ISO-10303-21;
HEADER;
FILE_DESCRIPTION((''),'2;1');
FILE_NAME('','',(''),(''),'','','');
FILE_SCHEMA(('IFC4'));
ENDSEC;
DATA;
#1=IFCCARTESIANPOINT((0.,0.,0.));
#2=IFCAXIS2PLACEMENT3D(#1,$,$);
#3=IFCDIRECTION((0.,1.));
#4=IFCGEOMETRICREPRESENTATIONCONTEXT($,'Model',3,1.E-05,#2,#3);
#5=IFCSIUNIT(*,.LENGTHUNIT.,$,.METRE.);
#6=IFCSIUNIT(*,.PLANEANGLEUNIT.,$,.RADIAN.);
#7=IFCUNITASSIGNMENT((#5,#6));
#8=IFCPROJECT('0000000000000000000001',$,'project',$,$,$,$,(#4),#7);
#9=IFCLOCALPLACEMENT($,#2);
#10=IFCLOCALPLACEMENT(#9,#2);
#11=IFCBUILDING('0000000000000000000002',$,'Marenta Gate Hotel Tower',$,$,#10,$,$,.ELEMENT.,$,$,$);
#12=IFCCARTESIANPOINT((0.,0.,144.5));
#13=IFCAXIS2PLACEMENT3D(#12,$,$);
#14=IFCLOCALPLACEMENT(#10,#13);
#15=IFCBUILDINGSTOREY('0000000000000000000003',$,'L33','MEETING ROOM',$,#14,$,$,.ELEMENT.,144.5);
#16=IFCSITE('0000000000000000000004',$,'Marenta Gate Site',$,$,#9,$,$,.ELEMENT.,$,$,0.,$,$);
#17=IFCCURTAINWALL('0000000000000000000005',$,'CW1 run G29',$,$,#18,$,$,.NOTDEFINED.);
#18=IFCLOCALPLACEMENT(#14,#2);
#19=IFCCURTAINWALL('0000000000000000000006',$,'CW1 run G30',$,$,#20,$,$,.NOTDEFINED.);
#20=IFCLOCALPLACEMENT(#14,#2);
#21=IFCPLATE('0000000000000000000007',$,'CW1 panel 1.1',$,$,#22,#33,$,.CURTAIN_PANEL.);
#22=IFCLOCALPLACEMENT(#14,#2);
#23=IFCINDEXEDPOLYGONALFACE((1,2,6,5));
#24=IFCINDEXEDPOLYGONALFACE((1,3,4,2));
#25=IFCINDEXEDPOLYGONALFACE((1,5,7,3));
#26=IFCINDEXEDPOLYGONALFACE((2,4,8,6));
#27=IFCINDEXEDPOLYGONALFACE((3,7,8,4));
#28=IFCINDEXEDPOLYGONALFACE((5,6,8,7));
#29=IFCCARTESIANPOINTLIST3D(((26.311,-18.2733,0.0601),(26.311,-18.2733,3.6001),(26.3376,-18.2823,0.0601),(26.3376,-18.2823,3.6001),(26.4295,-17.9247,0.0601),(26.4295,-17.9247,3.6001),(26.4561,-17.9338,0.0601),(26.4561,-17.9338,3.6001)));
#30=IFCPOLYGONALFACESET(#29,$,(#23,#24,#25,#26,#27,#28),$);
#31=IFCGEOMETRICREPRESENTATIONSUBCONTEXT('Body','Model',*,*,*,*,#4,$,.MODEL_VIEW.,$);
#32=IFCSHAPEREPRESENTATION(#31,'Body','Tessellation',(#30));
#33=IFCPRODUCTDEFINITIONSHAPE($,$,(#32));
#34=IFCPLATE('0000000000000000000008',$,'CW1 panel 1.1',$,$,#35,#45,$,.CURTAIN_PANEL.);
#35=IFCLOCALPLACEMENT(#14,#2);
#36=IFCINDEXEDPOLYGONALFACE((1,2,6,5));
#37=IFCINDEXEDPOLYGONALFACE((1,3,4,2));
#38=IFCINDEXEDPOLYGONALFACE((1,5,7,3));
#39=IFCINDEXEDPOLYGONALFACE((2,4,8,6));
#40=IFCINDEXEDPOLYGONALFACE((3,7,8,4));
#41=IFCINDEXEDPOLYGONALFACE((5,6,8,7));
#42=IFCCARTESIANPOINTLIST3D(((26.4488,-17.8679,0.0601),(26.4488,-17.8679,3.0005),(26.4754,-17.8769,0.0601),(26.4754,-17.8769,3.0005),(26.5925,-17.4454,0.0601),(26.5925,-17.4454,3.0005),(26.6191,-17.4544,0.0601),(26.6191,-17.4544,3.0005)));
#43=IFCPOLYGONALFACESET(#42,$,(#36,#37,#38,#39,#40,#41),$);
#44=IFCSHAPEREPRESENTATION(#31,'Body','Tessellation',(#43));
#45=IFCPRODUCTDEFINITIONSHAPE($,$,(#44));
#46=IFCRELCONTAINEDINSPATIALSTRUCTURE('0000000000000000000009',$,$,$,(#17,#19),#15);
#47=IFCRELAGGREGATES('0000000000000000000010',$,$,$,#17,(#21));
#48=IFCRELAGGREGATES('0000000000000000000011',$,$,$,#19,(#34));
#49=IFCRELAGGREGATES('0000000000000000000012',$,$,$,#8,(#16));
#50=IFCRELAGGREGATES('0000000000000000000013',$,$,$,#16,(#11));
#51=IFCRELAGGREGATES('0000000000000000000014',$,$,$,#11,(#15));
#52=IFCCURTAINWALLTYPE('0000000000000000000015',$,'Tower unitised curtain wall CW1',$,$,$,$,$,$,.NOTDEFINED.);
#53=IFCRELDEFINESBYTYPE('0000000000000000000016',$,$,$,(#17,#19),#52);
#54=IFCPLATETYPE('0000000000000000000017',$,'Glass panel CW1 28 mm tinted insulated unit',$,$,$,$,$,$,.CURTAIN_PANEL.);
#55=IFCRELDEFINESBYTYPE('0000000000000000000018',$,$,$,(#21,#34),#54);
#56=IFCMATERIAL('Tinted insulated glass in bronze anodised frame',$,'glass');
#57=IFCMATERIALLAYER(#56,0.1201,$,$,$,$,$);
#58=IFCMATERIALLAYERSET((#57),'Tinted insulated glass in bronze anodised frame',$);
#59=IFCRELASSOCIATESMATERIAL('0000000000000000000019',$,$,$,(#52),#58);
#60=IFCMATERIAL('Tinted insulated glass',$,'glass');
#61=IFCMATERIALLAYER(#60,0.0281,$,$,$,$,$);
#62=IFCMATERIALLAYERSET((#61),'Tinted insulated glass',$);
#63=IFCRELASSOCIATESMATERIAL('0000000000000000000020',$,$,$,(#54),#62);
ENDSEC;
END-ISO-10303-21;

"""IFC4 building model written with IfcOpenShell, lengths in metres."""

from ifc_helpers import new_model, si_unit, direction, frame, origin, origin_2d, place, context, subcontext, project, spatial, rectangle, extrude, material, layer, layer_set, type_object, element, aggregate, save


model = new_model("IFC4")

# Units and contexts
model_context = context("Model", 3, precision=1e-05, world=origin(), true_north=direction((0.0, 1.0)))
body_context = subcontext(model_context, "Body", "Model", "MODEL_VIEW")
ifc_project = project(units=[si_unit("LENGTHUNIT", "METRE"), si_unit("PLANEANGLEUNIT", "RADIAN")], contexts=[model_context])

# Site, building, storey
site_placement = place(None, origin())
site = spatial("IfcSite", under=ifc_project, at=site_placement, Name="Marenta Gate Site", CompositionType="ELEMENT", RefElevation=0.0)
building_placement = place(site_placement, origin())
building = spatial("IfcBuilding", under=site, at=building_placement, Name="Marenta Gate Hotel Tower", CompositionType="ELEMENT")
storey_placement = place(building_placement, frame((0.0, 0.0, 144.5)))
storey = spatial("IfcBuildingStorey", under=building, at=storey_placement, Name="L33", Description="MEETING ROOM", CompositionType="ELEMENT", Elevation=144.5)

# Curtain walls
ifc_material_1 = material(Name="Tinted insulated glass in bronze anodised frame", Category="glass")
ifc_layer_1 = layer(ifc_material_1, 0.1201)
ifc_layer_set_1 = layer_set([ifc_layer_1], Name="Tinted insulated glass in bronze anodised frame")
curtain_wall_type = type_object("IfcCurtainWallType", Name="Tower unitised curtain wall CW1", PredefinedType="NOTDEFINED", material=ifc_layer_set_1)
curtain_wall_1_placement = place(storey_placement, origin())
curtain_wall_1 = element("IfcCurtainWall", 1, at=curtain_wall_1_placement, inside=storey, type_object=curtain_wall_type, Name="CW1 run G29", PredefinedType="NOTDEFINED")
curtain_wall_2_placement = place(storey_placement, origin())
curtain_wall_2 = element("IfcCurtainWall", 2, at=curtain_wall_2_placement, inside=storey, type_object=curtain_wall_type, Name="CW1 run G30", PredefinedType="NOTDEFINED")

# Shared definitions
ifc_material_2 = material(Name="Tinted insulated glass", Category="glass")
ifc_layer_2 = layer(ifc_material_2, 0.0281)
ifc_layer_set_2 = layer_set([ifc_layer_2], Name="Tinted insulated glass")
plate_type = type_object("IfcPlateType", Name="Glass panel CW1 28 mm tinted insulated unit", PredefinedType="CURTAIN_PANEL", material=ifc_layer_set_2)

# Plates
plate_1_placement = place(storey_placement, frame((26.3835, -18.1035, 0.0601), z_axis=(0.0, 0.0, 1.0), x_axis=(0.322037, 0.946727, 0.0)))
plate_1 = element("IfcPlate", 3, at=plate_1_placement, type_object=plate_type, Name="CW1 panel 1.1", PredefinedType="CURTAIN_PANEL", context=body_context, shape_type="SweptSolid", body=[
    extrude(rectangle(XDim=0.3682, YDim=0.0281, at=origin_2d()), origin(), (0.0, 0.0, 1.0), 3.54),
])
aggregate(curtain_wall_1, [plate_1])
plate_2_placement = place(storey_placement, frame((26.5339, -17.6611, 0.0601), z_axis=(0.0, 0.0, 1.0), x_axis=(0.32203, 0.946729, 0.0)))
plate_2 = element("IfcPlate", 4, at=plate_2_placement, type_object=plate_type, Name="CW1 panel 1.1", PredefinedType="CURTAIN_PANEL", context=body_context, shape_type="SweptSolid", body=[
    extrude(rectangle(XDim=0.4463, YDim=0.0281, at=origin_2d()), origin(), (0.0, 0.0, 1.0), 2.9404),
])
aggregate(curtain_wall_2, [plate_2])

save(model, "model.ifc")
